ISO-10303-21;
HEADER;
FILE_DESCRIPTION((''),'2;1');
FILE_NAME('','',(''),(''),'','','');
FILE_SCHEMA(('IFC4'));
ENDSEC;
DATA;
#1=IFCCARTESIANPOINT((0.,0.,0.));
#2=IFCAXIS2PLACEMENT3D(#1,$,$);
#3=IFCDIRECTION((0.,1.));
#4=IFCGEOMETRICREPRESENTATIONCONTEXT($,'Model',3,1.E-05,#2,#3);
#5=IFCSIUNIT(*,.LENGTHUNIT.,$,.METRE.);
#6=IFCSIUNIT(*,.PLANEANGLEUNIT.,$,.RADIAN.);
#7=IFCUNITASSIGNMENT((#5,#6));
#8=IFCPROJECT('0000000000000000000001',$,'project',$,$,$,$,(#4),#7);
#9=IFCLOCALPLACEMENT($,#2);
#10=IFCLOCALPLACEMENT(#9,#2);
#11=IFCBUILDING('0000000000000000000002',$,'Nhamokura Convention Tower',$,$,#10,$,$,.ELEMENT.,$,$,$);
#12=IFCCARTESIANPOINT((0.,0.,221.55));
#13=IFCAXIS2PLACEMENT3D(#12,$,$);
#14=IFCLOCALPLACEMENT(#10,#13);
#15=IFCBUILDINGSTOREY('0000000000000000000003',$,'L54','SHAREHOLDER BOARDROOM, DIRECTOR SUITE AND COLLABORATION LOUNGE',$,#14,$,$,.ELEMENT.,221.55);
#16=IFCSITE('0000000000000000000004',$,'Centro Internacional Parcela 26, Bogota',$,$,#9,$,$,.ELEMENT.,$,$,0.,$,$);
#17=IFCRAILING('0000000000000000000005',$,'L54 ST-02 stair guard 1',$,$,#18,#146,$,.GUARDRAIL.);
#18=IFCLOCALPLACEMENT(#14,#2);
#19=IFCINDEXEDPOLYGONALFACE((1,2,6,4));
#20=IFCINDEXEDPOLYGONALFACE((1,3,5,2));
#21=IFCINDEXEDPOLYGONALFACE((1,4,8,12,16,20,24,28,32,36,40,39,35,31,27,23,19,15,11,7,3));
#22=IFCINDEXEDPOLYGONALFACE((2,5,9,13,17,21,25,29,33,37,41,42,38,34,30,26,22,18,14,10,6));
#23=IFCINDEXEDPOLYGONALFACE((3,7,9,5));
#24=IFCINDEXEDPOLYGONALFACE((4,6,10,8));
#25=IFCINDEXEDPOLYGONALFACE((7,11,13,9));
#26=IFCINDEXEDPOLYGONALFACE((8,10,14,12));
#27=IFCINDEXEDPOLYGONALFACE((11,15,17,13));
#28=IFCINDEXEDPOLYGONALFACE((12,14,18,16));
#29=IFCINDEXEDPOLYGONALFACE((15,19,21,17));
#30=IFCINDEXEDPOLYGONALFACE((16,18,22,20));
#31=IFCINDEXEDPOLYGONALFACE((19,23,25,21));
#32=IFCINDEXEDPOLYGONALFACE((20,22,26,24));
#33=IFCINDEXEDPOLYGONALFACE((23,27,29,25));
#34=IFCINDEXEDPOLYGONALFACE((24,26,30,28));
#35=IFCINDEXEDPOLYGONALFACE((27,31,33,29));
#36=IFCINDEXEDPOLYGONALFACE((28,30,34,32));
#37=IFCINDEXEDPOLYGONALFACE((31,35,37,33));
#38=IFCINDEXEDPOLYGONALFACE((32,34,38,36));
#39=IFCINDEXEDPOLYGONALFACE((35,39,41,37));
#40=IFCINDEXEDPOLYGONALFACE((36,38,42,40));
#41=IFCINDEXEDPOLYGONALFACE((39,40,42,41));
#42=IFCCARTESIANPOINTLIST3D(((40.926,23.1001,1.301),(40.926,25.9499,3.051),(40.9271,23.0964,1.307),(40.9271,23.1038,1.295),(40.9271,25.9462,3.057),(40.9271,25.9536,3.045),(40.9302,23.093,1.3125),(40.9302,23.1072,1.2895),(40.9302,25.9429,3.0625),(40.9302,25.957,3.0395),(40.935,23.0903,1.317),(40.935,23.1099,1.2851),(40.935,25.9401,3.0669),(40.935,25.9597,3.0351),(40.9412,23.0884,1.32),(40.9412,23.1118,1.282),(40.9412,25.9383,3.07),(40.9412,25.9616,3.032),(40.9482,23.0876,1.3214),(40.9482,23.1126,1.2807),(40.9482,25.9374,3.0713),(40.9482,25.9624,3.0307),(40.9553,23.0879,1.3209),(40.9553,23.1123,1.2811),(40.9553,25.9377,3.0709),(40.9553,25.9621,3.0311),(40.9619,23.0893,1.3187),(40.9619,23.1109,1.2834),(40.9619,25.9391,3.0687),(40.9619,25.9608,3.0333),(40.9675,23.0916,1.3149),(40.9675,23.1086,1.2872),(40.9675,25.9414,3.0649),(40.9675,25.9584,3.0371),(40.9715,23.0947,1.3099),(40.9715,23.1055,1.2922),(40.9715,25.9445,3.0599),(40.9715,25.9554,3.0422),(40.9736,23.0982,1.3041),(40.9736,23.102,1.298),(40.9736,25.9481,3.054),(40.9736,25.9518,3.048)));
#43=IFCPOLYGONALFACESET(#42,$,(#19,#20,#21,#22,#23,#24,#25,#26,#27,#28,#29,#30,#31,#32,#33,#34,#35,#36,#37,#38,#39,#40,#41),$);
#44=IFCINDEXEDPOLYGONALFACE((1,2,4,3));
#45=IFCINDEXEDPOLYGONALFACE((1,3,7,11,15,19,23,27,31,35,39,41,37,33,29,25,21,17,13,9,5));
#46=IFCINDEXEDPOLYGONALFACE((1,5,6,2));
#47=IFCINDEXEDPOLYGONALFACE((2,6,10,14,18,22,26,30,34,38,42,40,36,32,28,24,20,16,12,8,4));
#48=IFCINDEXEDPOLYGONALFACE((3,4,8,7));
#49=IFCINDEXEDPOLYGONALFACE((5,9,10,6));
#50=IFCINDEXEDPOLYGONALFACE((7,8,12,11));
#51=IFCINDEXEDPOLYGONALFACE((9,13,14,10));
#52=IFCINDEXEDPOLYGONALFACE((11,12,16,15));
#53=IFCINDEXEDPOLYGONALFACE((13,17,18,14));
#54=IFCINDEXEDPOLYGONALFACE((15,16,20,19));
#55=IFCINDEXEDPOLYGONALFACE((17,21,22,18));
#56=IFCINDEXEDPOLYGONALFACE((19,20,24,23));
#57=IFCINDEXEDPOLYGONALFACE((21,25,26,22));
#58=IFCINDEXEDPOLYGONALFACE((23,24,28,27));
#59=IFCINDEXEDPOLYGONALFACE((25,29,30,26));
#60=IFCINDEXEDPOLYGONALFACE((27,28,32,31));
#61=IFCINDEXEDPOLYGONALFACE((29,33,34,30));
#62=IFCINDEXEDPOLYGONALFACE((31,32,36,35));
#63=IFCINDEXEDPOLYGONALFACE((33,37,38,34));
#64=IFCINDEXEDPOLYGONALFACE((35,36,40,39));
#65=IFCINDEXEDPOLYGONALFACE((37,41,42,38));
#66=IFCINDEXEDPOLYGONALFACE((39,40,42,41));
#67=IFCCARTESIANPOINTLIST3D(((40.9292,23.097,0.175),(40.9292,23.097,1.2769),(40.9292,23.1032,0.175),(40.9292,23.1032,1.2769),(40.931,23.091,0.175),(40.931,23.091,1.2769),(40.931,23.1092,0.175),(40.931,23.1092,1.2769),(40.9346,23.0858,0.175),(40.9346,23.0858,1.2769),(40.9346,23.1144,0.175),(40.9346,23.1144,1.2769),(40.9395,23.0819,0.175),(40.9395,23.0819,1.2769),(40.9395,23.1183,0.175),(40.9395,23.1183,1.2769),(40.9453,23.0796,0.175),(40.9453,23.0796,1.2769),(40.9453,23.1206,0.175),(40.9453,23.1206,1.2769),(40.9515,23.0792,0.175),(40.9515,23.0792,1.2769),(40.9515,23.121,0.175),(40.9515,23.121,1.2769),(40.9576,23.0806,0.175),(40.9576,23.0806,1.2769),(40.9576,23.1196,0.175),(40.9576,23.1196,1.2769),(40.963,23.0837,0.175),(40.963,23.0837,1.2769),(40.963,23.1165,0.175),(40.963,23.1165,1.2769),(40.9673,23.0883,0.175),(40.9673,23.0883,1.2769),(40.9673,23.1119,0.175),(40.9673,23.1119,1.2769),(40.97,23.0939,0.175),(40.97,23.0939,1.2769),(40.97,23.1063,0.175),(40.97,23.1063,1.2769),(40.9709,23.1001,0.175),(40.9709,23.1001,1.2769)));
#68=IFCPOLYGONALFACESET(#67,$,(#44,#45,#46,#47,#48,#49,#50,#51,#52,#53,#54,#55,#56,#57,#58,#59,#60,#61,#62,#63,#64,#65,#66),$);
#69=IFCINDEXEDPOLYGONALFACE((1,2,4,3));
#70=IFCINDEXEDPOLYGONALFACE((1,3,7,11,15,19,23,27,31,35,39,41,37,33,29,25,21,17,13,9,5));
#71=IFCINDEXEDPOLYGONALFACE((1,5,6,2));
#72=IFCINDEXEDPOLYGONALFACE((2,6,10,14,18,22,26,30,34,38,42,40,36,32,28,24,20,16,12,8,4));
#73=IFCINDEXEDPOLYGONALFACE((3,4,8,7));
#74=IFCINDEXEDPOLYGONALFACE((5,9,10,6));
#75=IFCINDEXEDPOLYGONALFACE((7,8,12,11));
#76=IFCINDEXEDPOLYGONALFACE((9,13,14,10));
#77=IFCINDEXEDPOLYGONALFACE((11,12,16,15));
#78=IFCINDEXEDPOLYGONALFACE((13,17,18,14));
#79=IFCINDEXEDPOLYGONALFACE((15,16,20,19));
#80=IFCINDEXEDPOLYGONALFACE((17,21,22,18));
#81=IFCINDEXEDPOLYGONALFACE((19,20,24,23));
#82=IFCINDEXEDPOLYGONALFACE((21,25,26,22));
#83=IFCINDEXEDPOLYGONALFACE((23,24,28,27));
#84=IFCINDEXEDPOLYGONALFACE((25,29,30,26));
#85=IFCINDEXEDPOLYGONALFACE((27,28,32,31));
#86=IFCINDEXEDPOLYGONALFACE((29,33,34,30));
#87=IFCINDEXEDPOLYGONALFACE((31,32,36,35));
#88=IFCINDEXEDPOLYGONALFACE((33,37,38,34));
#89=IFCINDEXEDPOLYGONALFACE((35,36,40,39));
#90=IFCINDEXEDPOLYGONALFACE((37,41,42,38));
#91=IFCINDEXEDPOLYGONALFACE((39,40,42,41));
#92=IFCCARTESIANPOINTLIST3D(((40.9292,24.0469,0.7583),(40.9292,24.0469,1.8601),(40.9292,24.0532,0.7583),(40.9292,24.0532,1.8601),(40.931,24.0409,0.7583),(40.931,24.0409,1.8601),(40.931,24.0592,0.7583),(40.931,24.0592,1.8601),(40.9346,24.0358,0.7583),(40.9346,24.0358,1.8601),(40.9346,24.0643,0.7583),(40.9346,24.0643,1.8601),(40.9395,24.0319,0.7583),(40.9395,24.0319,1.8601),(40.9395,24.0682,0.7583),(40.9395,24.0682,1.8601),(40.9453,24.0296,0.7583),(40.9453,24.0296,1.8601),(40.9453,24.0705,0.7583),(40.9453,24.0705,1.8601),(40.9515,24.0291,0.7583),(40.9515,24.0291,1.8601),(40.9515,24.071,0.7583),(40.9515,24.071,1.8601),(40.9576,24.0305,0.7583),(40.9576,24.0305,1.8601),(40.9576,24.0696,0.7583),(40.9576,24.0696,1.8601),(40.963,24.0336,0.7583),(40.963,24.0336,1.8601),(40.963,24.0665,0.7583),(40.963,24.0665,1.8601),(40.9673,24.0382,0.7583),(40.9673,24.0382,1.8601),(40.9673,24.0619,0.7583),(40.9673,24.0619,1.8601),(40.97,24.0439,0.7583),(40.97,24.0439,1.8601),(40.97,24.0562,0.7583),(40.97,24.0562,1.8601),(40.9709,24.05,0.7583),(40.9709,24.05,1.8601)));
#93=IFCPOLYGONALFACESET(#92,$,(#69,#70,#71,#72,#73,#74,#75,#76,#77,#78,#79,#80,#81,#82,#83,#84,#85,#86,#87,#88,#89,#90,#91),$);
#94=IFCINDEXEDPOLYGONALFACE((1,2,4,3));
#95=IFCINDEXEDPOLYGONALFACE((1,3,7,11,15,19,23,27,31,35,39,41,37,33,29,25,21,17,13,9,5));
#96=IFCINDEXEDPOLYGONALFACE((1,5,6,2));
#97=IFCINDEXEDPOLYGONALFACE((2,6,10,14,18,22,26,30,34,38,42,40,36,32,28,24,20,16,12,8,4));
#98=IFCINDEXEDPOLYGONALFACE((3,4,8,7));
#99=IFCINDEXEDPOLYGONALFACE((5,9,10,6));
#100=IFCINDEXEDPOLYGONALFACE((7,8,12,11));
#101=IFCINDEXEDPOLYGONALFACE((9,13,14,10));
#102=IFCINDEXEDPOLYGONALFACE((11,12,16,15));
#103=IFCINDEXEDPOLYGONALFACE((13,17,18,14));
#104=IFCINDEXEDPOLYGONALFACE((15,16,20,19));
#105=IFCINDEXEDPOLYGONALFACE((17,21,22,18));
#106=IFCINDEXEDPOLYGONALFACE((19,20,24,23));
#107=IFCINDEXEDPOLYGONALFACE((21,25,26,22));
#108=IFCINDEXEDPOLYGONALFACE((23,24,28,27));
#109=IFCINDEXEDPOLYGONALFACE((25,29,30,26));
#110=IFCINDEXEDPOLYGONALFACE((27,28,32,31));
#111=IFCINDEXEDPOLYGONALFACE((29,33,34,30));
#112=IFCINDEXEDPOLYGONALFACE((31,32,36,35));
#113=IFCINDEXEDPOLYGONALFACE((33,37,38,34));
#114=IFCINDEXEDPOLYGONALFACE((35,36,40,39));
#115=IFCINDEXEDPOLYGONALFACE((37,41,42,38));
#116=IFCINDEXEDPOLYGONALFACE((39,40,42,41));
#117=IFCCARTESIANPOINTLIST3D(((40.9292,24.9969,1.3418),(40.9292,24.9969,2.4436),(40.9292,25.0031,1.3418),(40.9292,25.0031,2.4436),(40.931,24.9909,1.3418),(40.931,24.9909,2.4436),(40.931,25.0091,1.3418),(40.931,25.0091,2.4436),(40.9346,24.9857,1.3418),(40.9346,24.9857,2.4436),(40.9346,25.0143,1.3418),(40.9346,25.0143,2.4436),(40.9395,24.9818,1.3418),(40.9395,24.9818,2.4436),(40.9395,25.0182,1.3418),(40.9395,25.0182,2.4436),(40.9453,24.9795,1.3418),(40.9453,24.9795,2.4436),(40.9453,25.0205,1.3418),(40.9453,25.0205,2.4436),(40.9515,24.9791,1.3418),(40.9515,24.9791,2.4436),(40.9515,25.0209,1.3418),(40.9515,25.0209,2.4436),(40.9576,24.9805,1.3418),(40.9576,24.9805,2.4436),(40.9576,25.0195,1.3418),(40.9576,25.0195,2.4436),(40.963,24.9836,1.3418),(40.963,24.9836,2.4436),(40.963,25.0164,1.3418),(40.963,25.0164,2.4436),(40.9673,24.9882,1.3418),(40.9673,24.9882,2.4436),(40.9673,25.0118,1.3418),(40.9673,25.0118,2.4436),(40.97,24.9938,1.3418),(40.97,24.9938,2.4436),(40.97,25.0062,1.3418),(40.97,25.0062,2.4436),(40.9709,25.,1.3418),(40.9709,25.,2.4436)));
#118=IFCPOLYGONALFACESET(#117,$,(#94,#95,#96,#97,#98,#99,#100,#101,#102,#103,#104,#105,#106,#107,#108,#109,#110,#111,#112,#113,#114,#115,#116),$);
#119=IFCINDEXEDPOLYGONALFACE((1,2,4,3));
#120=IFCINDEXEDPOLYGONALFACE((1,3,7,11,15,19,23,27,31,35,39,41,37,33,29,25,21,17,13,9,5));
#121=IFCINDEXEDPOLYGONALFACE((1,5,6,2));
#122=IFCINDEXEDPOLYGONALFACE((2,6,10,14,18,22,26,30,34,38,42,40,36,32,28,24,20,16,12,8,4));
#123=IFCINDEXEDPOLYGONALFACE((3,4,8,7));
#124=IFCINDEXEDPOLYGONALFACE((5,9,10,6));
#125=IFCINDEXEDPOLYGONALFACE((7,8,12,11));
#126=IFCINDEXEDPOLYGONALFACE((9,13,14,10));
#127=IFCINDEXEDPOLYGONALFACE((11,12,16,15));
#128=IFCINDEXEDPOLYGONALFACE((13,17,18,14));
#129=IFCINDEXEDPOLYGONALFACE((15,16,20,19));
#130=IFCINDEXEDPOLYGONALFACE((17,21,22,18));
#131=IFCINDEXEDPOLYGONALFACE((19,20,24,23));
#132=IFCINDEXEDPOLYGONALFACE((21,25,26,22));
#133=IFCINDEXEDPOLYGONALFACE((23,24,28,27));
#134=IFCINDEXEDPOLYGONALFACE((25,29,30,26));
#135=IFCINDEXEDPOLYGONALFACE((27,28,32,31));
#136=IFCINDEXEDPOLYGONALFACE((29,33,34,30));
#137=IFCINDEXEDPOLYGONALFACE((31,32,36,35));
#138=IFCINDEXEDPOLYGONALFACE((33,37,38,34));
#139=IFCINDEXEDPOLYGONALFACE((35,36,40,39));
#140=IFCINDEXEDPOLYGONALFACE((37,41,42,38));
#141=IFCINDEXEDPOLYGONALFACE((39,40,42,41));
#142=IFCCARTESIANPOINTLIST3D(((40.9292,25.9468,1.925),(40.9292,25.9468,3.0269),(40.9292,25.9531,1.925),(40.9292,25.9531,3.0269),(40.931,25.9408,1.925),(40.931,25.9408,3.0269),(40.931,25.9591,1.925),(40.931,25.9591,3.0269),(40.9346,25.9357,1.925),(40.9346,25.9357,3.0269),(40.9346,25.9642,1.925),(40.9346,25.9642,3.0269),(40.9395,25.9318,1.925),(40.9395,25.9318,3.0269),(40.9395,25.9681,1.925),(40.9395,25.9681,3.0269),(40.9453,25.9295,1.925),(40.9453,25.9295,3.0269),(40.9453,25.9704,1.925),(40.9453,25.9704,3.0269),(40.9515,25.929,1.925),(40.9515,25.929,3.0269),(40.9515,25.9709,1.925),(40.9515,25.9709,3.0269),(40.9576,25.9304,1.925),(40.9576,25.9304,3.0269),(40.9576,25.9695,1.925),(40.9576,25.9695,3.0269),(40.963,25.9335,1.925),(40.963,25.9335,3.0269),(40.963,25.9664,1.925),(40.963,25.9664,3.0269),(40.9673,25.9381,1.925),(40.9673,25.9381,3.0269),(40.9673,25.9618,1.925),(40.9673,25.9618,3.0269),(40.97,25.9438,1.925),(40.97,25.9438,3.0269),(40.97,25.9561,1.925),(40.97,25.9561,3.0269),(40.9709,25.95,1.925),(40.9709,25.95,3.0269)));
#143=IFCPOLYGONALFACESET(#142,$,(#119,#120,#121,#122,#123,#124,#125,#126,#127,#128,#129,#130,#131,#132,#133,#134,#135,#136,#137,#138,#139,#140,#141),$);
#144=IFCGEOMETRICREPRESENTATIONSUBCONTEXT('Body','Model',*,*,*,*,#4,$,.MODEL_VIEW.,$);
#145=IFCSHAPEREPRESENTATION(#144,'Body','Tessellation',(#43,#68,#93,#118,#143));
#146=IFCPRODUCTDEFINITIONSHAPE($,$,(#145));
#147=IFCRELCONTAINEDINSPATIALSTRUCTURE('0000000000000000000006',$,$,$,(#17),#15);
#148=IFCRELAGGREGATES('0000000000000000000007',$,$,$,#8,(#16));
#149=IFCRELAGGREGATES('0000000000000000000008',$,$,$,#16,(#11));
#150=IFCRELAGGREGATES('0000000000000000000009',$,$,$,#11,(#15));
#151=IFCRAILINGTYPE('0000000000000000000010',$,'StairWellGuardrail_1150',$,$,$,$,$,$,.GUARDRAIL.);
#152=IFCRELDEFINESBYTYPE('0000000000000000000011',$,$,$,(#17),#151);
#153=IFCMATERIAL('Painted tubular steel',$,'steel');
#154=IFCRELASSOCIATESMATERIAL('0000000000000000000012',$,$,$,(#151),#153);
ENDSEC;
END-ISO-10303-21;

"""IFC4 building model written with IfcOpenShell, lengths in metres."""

from ifc_helpers import new_model, si_unit, direction, frame, origin, origin_2d, place, context, subcontext, project, spatial, circle, extrude, material, type_object, element, save


model = new_model("IFC4")

# Units and contexts
model_context = context("Model", 3, precision=1e-05, world=origin(), true_north=direction((0.0, 1.0)))
body_context = subcontext(model_context, "Body", "Model", "MODEL_VIEW")
ifc_project = project(units=[si_unit("LENGTHUNIT", "METRE"), si_unit("PLANEANGLEUNIT", "RADIAN")], contexts=[model_context])

# Site, building, storey
site_placement = place(None, origin())
site = spatial("IfcSite", under=ifc_project, at=site_placement, Name="Centro Internacional Parcela 26, Bogota", CompositionType="ELEMENT", RefElevation=0.0)
building_placement = place(site_placement, origin())
building = spatial("IfcBuilding", under=site, at=building_placement, Name="Nhamokura Convention Tower", CompositionType="ELEMENT")
storey_placement = place(building_placement, frame((0.0, 0.0, 221.55)))
storey = spatial("IfcBuildingStorey", under=building, at=storey_placement, Name="L54", Description="SHAREHOLDER BOARDROOM, DIRECTOR SUITE AND COLLABORATION LOUNGE", CompositionType="ELEMENT", Elevation=221.55)

# Railing
ifc_material_1 = material(Name="Painted tubular steel", Category="steel")
railing_type_1 = type_object("IfcRailingType", Name="StairWellGuardrail_1150", PredefinedType="GUARDRAIL", material=ifc_material_1)
railing_1_placement = place(storey_placement, frame((40.95, 23.1001, 0.175)))
element("IfcRailing", 1, at=railing_1_placement, inside=storey, type_object=railing_type_1, Name="L54 ST-02 stair guard 1", PredefinedType="GUARDRAIL", context=body_context, shape_type="SweptSolid", body=[
    extrude(circle(Radius=0.0239, at=origin_2d()), frame((0.0, 0.0, 1.126), z_axis=(0.0, 0.852159, 0.523283), x_axis=(-1.0, 0.0, 0.0)), (0.0, 0.0, 1.0), 3.3442),
    extrude(circle(Radius=0.021, at=origin_2d()), origin(), (0.0, 0.0, 1.0), 1.1018),
    extrude(circle(Radius=0.021, at=origin_2d()), frame((0.0, 0.95, 0.5833)), (0.0, 0.0, 1.0), 1.1018),
    extrude(circle(Radius=0.021, at=origin_2d()), frame((0.0, 1.8999, 1.1667)), (0.0, 0.0, 1.0), 1.1018),
    extrude(circle(Radius=0.021, at=origin_2d()), frame((0.0, 2.8499, 1.75)), (0.0, 0.0, 1.0), 1.1018),
])

save(model, "model.ifc")
